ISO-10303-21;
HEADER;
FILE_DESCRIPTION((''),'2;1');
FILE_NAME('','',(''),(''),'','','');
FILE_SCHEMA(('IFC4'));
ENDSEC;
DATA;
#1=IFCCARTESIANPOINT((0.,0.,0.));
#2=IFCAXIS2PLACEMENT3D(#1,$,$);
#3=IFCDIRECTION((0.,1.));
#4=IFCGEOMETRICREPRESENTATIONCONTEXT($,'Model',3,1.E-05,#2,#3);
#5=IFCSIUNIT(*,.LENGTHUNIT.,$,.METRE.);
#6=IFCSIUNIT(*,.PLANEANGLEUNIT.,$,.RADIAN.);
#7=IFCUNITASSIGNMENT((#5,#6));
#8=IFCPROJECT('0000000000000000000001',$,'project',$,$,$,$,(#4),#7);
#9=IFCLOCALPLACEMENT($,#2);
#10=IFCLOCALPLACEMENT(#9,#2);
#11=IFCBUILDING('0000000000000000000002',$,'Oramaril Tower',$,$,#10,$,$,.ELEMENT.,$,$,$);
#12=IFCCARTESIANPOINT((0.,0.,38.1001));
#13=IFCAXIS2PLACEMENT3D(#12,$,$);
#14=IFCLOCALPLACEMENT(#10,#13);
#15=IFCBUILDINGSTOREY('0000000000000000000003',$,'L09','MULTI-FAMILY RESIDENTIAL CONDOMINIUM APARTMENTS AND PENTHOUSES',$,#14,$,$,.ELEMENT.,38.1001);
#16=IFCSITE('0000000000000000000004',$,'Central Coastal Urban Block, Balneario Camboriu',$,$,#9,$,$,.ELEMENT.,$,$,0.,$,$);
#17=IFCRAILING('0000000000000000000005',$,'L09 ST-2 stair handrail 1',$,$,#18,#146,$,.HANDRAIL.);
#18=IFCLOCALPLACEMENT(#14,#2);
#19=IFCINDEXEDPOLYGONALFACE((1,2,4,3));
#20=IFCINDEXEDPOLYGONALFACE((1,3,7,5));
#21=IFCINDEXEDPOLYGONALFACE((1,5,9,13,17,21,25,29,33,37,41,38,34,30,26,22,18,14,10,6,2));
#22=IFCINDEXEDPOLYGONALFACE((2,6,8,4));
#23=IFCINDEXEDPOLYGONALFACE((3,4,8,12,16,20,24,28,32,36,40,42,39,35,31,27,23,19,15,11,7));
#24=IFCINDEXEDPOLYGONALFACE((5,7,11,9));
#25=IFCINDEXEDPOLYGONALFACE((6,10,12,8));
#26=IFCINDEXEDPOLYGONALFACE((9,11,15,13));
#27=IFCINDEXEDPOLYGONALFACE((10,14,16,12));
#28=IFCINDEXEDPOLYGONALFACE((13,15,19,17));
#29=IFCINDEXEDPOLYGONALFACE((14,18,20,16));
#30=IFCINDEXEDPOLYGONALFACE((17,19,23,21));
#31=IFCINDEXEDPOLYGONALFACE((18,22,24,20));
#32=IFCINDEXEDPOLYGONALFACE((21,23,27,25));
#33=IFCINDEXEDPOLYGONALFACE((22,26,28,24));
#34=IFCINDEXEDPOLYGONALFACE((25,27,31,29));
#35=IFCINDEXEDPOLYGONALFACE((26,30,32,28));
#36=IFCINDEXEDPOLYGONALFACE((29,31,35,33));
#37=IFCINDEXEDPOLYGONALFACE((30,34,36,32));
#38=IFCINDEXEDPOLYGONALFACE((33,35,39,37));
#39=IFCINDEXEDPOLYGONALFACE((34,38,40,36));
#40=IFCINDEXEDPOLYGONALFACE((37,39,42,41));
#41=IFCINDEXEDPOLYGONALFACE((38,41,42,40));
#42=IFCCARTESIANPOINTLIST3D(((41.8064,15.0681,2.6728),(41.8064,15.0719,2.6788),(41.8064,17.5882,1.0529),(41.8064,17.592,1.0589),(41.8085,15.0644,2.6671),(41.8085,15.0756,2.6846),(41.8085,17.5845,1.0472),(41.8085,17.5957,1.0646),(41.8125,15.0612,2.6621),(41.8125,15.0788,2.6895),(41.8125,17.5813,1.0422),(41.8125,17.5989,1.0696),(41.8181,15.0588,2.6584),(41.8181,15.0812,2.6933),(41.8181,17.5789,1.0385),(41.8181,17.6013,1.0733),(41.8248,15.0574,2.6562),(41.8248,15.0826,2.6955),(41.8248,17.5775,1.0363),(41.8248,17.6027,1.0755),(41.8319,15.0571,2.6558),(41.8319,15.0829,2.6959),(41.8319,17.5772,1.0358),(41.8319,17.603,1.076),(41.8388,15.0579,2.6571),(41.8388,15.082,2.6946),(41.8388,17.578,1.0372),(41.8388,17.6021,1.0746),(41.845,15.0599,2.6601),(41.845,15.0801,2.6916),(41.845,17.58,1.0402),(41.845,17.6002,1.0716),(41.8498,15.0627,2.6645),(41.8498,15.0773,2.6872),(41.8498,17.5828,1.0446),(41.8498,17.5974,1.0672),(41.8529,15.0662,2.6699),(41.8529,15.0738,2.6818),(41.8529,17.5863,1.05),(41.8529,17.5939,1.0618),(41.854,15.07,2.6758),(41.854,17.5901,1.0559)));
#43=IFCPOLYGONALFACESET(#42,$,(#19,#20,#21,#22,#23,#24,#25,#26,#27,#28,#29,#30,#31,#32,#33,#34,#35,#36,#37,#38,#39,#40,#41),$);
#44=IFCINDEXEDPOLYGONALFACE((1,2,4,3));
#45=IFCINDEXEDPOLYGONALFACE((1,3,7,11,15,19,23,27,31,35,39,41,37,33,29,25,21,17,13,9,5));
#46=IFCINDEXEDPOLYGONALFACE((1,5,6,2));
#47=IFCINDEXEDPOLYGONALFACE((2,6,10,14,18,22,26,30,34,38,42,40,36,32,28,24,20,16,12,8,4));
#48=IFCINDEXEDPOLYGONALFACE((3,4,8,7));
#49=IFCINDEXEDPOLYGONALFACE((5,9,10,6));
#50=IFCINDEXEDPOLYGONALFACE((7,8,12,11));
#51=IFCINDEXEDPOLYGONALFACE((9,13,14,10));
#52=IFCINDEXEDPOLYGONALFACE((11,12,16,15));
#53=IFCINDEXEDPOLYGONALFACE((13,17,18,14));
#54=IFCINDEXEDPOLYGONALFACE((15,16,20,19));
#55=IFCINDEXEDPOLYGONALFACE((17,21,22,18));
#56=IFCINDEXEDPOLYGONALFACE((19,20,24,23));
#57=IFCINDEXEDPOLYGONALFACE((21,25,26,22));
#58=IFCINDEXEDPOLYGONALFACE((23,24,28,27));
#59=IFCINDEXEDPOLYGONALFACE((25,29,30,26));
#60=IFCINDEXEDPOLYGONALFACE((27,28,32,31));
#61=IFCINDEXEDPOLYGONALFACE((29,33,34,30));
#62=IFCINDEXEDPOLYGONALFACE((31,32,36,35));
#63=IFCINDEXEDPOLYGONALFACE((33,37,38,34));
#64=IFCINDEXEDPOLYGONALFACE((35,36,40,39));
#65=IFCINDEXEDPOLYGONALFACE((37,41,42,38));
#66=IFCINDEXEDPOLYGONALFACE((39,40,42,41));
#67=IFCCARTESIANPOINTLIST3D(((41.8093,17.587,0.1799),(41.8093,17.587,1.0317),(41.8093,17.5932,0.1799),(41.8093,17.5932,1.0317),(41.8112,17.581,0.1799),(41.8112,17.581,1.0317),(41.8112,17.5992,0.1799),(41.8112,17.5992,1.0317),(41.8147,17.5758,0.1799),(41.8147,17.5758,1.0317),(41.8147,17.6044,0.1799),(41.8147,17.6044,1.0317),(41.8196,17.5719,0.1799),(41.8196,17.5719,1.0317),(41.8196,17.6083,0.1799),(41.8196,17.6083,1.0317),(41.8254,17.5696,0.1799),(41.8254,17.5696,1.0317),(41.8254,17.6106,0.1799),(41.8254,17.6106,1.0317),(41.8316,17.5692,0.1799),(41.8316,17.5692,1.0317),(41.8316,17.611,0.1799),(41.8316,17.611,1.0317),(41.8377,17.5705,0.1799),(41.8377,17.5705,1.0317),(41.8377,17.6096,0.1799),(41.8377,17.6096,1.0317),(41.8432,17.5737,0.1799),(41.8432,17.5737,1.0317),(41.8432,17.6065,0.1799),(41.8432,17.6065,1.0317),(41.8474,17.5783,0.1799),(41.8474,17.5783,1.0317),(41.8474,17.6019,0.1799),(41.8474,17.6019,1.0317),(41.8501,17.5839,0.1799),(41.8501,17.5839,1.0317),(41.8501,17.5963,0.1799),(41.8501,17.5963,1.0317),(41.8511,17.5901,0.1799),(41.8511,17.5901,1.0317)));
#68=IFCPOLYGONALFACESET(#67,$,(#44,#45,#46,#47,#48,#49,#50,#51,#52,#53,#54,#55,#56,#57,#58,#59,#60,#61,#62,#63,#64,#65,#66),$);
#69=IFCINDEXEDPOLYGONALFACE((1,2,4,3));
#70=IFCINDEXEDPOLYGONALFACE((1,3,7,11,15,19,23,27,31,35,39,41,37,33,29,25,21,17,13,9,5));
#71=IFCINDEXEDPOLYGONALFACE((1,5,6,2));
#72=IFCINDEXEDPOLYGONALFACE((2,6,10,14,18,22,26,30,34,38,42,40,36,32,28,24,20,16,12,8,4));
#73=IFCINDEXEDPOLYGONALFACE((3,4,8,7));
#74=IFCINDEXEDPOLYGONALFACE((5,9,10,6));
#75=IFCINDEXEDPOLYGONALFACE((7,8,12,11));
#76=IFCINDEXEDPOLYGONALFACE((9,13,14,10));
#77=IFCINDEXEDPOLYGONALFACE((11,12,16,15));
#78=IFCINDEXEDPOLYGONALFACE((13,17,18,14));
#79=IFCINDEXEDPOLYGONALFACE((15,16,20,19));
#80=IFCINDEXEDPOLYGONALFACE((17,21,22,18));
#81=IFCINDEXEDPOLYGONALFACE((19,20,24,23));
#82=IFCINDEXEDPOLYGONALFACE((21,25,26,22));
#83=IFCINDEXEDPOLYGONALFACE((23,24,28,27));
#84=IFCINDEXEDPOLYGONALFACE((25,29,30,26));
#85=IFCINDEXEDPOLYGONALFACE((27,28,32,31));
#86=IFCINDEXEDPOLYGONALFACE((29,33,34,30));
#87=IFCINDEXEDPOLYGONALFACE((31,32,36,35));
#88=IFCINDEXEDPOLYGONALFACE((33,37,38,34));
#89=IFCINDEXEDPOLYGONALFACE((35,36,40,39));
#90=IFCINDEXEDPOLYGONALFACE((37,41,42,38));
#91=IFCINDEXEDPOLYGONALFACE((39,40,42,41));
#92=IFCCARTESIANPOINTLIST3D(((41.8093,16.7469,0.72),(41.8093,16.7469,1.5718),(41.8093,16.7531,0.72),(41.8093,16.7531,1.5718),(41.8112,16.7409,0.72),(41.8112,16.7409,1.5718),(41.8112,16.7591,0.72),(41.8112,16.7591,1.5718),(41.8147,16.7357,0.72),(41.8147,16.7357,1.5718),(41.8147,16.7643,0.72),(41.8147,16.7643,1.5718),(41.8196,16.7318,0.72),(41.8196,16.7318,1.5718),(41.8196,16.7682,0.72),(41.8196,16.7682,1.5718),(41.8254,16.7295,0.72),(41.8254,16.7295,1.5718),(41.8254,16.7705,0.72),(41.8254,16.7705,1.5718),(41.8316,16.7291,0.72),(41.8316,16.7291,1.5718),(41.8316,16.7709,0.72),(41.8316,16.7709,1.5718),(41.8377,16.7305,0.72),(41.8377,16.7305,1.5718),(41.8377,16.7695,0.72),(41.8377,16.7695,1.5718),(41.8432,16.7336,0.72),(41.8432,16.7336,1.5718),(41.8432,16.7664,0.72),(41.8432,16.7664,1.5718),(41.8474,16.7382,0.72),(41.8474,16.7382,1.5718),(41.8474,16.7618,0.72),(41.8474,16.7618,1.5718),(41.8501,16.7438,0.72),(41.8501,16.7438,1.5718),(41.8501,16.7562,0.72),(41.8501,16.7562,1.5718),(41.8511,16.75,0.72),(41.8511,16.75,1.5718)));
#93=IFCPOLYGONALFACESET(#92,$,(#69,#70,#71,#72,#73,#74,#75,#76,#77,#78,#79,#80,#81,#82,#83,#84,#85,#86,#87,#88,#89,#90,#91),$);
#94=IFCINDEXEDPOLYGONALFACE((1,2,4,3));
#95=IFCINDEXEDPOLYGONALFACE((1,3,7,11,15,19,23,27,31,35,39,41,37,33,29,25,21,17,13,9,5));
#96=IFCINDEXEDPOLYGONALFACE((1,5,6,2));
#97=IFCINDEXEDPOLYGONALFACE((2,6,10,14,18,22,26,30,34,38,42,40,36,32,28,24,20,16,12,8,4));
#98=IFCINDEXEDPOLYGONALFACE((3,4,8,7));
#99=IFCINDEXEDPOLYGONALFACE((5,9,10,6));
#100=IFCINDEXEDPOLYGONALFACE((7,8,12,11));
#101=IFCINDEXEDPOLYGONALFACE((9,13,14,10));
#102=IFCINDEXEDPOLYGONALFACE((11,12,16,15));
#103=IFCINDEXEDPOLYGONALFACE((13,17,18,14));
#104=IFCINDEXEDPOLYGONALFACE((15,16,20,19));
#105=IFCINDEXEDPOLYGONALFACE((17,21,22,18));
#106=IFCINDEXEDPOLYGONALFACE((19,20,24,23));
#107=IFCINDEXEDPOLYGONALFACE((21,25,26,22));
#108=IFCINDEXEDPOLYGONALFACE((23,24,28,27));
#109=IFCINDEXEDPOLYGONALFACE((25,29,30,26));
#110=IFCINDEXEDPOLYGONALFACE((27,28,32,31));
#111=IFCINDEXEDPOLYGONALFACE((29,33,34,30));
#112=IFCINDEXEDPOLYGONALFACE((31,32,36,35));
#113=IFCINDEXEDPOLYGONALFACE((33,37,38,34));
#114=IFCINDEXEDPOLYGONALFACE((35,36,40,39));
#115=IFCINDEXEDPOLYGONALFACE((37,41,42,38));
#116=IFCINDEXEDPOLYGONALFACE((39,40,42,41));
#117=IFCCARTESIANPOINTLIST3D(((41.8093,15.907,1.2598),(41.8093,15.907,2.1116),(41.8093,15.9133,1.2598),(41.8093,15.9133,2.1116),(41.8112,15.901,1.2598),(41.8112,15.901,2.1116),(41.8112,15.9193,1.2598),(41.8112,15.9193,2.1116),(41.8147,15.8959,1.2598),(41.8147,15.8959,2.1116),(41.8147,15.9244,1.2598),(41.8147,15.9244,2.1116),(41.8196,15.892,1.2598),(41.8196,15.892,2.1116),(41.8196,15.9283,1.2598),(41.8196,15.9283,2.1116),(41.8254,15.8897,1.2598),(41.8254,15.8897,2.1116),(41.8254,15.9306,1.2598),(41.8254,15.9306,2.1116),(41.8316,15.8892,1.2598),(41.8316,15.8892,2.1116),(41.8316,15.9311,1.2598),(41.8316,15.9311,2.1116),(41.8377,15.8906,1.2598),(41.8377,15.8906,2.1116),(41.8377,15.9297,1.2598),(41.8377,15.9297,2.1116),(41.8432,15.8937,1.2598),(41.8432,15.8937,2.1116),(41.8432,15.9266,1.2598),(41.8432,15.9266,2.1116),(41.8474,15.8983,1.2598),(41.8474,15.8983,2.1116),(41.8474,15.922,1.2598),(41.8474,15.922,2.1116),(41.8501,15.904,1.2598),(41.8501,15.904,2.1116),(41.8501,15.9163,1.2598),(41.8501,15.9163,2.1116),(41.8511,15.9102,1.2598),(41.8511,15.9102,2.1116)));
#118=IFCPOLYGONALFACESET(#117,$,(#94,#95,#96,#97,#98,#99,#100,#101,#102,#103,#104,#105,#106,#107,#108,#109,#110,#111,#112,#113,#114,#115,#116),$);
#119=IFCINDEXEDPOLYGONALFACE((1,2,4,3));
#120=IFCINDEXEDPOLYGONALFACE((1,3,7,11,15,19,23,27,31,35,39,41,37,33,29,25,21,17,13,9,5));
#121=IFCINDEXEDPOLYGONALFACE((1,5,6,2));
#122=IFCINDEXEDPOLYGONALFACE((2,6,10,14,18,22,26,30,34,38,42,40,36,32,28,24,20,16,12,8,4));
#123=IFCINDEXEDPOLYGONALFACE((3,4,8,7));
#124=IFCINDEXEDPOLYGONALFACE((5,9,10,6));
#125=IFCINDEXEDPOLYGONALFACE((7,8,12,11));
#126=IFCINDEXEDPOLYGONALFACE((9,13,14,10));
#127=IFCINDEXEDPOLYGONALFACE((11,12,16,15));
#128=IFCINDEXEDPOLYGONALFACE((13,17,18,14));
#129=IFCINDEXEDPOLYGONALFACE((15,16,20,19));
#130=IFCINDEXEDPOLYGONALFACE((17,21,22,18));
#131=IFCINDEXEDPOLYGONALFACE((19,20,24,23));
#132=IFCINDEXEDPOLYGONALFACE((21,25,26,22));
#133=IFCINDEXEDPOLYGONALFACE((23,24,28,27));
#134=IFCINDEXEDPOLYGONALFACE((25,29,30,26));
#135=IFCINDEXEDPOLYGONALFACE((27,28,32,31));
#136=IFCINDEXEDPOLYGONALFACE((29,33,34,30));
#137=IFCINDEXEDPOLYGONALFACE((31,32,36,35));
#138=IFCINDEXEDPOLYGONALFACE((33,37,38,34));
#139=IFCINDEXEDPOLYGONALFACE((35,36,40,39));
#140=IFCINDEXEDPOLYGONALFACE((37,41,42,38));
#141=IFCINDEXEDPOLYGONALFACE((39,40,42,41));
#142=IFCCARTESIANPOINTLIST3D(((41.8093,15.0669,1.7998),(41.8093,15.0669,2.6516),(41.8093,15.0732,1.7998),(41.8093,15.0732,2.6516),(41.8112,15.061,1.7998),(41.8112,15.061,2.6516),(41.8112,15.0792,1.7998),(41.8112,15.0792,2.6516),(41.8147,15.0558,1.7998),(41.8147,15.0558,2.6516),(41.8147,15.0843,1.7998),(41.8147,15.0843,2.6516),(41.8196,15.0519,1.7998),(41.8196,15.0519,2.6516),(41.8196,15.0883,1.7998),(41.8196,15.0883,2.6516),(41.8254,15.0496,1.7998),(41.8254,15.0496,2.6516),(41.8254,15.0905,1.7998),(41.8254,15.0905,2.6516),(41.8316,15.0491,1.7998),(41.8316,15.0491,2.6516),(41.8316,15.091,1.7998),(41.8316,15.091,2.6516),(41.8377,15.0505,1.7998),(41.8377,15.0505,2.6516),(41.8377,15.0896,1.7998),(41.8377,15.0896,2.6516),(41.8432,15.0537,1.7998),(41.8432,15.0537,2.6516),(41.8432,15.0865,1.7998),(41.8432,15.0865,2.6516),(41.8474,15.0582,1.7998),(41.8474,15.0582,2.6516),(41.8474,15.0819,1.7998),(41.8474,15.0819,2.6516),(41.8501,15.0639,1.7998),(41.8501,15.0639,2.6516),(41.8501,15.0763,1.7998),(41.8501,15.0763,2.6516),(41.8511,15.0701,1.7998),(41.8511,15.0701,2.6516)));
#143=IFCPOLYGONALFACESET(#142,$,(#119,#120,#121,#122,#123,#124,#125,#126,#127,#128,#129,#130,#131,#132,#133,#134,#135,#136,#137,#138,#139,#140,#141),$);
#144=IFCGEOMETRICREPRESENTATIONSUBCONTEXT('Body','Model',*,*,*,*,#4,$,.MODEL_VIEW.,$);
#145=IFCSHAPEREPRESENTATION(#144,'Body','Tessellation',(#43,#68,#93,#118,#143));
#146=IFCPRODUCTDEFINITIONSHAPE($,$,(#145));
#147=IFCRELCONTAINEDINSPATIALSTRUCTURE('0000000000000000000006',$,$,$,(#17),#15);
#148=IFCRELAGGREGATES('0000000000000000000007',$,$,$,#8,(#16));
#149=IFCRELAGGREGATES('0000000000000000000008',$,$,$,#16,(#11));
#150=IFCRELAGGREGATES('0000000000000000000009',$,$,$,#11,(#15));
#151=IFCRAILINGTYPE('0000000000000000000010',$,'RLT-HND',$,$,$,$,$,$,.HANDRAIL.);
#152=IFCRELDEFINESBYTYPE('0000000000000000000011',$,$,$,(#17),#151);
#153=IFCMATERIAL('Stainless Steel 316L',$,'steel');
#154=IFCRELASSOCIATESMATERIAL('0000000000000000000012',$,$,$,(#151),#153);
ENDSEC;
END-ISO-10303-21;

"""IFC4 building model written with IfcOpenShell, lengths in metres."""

from ifc_helpers import new_model, si_unit, direction, frame, origin, origin_2d, place, context, subcontext, project, spatial, circle, extrude, material, type_object, element, save


model = new_model("IFC4")

# Units and contexts
model_context = context("Model", 3, precision=1e-05, world=origin(), true_north=direction((0.0, 1.0)))
body_context = subcontext(model_context, "Body", "Model", "MODEL_VIEW")
ifc_project = project(units=[si_unit("LENGTHUNIT", "METRE"), si_unit("PLANEANGLEUNIT", "RADIAN")], contexts=[model_context])

# Site, building, storey
site_placement = place(None, origin())
site = spatial("IfcSite", under=ifc_project, at=site_placement, Name="Central Coastal Urban Block, Balneario Camboriu", CompositionType="ELEMENT", RefElevation=0.0)
building_placement = place(site_placement, origin())
building = spatial("IfcBuilding", under=site, at=building_placement, Name="Oramaril Tower", CompositionType="ELEMENT")
storey_placement = place(building_placement, frame((0.0, 0.0, 38.1001)))
storey = spatial("IfcBuildingStorey", under=building, at=storey_placement, Name="L09", Description="MULTI-FAMILY RESIDENTIAL CONDOMINIUM APARTMENTS AND PENTHOUSES", CompositionType="ELEMENT", Elevation=38.1001)

# Railing
ifc_material_1 = material(Name="Stainless Steel 316L", Category="steel")
railing_type_1 = type_object("IfcRailingType", Name="RLT-HND", PredefinedType="HANDRAIL", material=ifc_material_1)
railing_1_placement = place(storey_placement, frame((41.8301, 17.5901, 0.1799)))
element("IfcRailing", 1, at=railing_1_placement, inside=storey, type_object=railing_type_1, Name="L09 ST-2 stair handrail 1", PredefinedType="HANDRAIL", context=body_context, shape_type="SweptSolid", body=[
    extrude(circle(Radius=0.0239, at=origin_2d()), frame((0.0, 0.0, 0.876), z_axis=(0.0, -0.8412, 0.540725), x_axis=(1.0, 0.0, 0.0)), (0.0, 0.0, 1.0), 2.9958),
    extrude(circle(Radius=0.021, at=origin_2d()), origin(), (0.0, 0.0, 1.0), 0.8518),
    extrude(circle(Radius=0.021, at=origin_2d()), frame((0.0, -0.8401, 0.54)), (0.0, 0.0, 1.0), 0.8518),
    extrude(circle(Radius=0.021, at=origin_2d()), frame((0.0, -1.6799, 1.0798)), (0.0, 0.0, 1.0), 0.8518),
    extrude(circle(Radius=0.021, at=origin_2d()), frame((0.0, -2.52, 1.6199)), (0.0, 0.0, 1.0), 0.8518),
])

save(model, "model.ifc")
